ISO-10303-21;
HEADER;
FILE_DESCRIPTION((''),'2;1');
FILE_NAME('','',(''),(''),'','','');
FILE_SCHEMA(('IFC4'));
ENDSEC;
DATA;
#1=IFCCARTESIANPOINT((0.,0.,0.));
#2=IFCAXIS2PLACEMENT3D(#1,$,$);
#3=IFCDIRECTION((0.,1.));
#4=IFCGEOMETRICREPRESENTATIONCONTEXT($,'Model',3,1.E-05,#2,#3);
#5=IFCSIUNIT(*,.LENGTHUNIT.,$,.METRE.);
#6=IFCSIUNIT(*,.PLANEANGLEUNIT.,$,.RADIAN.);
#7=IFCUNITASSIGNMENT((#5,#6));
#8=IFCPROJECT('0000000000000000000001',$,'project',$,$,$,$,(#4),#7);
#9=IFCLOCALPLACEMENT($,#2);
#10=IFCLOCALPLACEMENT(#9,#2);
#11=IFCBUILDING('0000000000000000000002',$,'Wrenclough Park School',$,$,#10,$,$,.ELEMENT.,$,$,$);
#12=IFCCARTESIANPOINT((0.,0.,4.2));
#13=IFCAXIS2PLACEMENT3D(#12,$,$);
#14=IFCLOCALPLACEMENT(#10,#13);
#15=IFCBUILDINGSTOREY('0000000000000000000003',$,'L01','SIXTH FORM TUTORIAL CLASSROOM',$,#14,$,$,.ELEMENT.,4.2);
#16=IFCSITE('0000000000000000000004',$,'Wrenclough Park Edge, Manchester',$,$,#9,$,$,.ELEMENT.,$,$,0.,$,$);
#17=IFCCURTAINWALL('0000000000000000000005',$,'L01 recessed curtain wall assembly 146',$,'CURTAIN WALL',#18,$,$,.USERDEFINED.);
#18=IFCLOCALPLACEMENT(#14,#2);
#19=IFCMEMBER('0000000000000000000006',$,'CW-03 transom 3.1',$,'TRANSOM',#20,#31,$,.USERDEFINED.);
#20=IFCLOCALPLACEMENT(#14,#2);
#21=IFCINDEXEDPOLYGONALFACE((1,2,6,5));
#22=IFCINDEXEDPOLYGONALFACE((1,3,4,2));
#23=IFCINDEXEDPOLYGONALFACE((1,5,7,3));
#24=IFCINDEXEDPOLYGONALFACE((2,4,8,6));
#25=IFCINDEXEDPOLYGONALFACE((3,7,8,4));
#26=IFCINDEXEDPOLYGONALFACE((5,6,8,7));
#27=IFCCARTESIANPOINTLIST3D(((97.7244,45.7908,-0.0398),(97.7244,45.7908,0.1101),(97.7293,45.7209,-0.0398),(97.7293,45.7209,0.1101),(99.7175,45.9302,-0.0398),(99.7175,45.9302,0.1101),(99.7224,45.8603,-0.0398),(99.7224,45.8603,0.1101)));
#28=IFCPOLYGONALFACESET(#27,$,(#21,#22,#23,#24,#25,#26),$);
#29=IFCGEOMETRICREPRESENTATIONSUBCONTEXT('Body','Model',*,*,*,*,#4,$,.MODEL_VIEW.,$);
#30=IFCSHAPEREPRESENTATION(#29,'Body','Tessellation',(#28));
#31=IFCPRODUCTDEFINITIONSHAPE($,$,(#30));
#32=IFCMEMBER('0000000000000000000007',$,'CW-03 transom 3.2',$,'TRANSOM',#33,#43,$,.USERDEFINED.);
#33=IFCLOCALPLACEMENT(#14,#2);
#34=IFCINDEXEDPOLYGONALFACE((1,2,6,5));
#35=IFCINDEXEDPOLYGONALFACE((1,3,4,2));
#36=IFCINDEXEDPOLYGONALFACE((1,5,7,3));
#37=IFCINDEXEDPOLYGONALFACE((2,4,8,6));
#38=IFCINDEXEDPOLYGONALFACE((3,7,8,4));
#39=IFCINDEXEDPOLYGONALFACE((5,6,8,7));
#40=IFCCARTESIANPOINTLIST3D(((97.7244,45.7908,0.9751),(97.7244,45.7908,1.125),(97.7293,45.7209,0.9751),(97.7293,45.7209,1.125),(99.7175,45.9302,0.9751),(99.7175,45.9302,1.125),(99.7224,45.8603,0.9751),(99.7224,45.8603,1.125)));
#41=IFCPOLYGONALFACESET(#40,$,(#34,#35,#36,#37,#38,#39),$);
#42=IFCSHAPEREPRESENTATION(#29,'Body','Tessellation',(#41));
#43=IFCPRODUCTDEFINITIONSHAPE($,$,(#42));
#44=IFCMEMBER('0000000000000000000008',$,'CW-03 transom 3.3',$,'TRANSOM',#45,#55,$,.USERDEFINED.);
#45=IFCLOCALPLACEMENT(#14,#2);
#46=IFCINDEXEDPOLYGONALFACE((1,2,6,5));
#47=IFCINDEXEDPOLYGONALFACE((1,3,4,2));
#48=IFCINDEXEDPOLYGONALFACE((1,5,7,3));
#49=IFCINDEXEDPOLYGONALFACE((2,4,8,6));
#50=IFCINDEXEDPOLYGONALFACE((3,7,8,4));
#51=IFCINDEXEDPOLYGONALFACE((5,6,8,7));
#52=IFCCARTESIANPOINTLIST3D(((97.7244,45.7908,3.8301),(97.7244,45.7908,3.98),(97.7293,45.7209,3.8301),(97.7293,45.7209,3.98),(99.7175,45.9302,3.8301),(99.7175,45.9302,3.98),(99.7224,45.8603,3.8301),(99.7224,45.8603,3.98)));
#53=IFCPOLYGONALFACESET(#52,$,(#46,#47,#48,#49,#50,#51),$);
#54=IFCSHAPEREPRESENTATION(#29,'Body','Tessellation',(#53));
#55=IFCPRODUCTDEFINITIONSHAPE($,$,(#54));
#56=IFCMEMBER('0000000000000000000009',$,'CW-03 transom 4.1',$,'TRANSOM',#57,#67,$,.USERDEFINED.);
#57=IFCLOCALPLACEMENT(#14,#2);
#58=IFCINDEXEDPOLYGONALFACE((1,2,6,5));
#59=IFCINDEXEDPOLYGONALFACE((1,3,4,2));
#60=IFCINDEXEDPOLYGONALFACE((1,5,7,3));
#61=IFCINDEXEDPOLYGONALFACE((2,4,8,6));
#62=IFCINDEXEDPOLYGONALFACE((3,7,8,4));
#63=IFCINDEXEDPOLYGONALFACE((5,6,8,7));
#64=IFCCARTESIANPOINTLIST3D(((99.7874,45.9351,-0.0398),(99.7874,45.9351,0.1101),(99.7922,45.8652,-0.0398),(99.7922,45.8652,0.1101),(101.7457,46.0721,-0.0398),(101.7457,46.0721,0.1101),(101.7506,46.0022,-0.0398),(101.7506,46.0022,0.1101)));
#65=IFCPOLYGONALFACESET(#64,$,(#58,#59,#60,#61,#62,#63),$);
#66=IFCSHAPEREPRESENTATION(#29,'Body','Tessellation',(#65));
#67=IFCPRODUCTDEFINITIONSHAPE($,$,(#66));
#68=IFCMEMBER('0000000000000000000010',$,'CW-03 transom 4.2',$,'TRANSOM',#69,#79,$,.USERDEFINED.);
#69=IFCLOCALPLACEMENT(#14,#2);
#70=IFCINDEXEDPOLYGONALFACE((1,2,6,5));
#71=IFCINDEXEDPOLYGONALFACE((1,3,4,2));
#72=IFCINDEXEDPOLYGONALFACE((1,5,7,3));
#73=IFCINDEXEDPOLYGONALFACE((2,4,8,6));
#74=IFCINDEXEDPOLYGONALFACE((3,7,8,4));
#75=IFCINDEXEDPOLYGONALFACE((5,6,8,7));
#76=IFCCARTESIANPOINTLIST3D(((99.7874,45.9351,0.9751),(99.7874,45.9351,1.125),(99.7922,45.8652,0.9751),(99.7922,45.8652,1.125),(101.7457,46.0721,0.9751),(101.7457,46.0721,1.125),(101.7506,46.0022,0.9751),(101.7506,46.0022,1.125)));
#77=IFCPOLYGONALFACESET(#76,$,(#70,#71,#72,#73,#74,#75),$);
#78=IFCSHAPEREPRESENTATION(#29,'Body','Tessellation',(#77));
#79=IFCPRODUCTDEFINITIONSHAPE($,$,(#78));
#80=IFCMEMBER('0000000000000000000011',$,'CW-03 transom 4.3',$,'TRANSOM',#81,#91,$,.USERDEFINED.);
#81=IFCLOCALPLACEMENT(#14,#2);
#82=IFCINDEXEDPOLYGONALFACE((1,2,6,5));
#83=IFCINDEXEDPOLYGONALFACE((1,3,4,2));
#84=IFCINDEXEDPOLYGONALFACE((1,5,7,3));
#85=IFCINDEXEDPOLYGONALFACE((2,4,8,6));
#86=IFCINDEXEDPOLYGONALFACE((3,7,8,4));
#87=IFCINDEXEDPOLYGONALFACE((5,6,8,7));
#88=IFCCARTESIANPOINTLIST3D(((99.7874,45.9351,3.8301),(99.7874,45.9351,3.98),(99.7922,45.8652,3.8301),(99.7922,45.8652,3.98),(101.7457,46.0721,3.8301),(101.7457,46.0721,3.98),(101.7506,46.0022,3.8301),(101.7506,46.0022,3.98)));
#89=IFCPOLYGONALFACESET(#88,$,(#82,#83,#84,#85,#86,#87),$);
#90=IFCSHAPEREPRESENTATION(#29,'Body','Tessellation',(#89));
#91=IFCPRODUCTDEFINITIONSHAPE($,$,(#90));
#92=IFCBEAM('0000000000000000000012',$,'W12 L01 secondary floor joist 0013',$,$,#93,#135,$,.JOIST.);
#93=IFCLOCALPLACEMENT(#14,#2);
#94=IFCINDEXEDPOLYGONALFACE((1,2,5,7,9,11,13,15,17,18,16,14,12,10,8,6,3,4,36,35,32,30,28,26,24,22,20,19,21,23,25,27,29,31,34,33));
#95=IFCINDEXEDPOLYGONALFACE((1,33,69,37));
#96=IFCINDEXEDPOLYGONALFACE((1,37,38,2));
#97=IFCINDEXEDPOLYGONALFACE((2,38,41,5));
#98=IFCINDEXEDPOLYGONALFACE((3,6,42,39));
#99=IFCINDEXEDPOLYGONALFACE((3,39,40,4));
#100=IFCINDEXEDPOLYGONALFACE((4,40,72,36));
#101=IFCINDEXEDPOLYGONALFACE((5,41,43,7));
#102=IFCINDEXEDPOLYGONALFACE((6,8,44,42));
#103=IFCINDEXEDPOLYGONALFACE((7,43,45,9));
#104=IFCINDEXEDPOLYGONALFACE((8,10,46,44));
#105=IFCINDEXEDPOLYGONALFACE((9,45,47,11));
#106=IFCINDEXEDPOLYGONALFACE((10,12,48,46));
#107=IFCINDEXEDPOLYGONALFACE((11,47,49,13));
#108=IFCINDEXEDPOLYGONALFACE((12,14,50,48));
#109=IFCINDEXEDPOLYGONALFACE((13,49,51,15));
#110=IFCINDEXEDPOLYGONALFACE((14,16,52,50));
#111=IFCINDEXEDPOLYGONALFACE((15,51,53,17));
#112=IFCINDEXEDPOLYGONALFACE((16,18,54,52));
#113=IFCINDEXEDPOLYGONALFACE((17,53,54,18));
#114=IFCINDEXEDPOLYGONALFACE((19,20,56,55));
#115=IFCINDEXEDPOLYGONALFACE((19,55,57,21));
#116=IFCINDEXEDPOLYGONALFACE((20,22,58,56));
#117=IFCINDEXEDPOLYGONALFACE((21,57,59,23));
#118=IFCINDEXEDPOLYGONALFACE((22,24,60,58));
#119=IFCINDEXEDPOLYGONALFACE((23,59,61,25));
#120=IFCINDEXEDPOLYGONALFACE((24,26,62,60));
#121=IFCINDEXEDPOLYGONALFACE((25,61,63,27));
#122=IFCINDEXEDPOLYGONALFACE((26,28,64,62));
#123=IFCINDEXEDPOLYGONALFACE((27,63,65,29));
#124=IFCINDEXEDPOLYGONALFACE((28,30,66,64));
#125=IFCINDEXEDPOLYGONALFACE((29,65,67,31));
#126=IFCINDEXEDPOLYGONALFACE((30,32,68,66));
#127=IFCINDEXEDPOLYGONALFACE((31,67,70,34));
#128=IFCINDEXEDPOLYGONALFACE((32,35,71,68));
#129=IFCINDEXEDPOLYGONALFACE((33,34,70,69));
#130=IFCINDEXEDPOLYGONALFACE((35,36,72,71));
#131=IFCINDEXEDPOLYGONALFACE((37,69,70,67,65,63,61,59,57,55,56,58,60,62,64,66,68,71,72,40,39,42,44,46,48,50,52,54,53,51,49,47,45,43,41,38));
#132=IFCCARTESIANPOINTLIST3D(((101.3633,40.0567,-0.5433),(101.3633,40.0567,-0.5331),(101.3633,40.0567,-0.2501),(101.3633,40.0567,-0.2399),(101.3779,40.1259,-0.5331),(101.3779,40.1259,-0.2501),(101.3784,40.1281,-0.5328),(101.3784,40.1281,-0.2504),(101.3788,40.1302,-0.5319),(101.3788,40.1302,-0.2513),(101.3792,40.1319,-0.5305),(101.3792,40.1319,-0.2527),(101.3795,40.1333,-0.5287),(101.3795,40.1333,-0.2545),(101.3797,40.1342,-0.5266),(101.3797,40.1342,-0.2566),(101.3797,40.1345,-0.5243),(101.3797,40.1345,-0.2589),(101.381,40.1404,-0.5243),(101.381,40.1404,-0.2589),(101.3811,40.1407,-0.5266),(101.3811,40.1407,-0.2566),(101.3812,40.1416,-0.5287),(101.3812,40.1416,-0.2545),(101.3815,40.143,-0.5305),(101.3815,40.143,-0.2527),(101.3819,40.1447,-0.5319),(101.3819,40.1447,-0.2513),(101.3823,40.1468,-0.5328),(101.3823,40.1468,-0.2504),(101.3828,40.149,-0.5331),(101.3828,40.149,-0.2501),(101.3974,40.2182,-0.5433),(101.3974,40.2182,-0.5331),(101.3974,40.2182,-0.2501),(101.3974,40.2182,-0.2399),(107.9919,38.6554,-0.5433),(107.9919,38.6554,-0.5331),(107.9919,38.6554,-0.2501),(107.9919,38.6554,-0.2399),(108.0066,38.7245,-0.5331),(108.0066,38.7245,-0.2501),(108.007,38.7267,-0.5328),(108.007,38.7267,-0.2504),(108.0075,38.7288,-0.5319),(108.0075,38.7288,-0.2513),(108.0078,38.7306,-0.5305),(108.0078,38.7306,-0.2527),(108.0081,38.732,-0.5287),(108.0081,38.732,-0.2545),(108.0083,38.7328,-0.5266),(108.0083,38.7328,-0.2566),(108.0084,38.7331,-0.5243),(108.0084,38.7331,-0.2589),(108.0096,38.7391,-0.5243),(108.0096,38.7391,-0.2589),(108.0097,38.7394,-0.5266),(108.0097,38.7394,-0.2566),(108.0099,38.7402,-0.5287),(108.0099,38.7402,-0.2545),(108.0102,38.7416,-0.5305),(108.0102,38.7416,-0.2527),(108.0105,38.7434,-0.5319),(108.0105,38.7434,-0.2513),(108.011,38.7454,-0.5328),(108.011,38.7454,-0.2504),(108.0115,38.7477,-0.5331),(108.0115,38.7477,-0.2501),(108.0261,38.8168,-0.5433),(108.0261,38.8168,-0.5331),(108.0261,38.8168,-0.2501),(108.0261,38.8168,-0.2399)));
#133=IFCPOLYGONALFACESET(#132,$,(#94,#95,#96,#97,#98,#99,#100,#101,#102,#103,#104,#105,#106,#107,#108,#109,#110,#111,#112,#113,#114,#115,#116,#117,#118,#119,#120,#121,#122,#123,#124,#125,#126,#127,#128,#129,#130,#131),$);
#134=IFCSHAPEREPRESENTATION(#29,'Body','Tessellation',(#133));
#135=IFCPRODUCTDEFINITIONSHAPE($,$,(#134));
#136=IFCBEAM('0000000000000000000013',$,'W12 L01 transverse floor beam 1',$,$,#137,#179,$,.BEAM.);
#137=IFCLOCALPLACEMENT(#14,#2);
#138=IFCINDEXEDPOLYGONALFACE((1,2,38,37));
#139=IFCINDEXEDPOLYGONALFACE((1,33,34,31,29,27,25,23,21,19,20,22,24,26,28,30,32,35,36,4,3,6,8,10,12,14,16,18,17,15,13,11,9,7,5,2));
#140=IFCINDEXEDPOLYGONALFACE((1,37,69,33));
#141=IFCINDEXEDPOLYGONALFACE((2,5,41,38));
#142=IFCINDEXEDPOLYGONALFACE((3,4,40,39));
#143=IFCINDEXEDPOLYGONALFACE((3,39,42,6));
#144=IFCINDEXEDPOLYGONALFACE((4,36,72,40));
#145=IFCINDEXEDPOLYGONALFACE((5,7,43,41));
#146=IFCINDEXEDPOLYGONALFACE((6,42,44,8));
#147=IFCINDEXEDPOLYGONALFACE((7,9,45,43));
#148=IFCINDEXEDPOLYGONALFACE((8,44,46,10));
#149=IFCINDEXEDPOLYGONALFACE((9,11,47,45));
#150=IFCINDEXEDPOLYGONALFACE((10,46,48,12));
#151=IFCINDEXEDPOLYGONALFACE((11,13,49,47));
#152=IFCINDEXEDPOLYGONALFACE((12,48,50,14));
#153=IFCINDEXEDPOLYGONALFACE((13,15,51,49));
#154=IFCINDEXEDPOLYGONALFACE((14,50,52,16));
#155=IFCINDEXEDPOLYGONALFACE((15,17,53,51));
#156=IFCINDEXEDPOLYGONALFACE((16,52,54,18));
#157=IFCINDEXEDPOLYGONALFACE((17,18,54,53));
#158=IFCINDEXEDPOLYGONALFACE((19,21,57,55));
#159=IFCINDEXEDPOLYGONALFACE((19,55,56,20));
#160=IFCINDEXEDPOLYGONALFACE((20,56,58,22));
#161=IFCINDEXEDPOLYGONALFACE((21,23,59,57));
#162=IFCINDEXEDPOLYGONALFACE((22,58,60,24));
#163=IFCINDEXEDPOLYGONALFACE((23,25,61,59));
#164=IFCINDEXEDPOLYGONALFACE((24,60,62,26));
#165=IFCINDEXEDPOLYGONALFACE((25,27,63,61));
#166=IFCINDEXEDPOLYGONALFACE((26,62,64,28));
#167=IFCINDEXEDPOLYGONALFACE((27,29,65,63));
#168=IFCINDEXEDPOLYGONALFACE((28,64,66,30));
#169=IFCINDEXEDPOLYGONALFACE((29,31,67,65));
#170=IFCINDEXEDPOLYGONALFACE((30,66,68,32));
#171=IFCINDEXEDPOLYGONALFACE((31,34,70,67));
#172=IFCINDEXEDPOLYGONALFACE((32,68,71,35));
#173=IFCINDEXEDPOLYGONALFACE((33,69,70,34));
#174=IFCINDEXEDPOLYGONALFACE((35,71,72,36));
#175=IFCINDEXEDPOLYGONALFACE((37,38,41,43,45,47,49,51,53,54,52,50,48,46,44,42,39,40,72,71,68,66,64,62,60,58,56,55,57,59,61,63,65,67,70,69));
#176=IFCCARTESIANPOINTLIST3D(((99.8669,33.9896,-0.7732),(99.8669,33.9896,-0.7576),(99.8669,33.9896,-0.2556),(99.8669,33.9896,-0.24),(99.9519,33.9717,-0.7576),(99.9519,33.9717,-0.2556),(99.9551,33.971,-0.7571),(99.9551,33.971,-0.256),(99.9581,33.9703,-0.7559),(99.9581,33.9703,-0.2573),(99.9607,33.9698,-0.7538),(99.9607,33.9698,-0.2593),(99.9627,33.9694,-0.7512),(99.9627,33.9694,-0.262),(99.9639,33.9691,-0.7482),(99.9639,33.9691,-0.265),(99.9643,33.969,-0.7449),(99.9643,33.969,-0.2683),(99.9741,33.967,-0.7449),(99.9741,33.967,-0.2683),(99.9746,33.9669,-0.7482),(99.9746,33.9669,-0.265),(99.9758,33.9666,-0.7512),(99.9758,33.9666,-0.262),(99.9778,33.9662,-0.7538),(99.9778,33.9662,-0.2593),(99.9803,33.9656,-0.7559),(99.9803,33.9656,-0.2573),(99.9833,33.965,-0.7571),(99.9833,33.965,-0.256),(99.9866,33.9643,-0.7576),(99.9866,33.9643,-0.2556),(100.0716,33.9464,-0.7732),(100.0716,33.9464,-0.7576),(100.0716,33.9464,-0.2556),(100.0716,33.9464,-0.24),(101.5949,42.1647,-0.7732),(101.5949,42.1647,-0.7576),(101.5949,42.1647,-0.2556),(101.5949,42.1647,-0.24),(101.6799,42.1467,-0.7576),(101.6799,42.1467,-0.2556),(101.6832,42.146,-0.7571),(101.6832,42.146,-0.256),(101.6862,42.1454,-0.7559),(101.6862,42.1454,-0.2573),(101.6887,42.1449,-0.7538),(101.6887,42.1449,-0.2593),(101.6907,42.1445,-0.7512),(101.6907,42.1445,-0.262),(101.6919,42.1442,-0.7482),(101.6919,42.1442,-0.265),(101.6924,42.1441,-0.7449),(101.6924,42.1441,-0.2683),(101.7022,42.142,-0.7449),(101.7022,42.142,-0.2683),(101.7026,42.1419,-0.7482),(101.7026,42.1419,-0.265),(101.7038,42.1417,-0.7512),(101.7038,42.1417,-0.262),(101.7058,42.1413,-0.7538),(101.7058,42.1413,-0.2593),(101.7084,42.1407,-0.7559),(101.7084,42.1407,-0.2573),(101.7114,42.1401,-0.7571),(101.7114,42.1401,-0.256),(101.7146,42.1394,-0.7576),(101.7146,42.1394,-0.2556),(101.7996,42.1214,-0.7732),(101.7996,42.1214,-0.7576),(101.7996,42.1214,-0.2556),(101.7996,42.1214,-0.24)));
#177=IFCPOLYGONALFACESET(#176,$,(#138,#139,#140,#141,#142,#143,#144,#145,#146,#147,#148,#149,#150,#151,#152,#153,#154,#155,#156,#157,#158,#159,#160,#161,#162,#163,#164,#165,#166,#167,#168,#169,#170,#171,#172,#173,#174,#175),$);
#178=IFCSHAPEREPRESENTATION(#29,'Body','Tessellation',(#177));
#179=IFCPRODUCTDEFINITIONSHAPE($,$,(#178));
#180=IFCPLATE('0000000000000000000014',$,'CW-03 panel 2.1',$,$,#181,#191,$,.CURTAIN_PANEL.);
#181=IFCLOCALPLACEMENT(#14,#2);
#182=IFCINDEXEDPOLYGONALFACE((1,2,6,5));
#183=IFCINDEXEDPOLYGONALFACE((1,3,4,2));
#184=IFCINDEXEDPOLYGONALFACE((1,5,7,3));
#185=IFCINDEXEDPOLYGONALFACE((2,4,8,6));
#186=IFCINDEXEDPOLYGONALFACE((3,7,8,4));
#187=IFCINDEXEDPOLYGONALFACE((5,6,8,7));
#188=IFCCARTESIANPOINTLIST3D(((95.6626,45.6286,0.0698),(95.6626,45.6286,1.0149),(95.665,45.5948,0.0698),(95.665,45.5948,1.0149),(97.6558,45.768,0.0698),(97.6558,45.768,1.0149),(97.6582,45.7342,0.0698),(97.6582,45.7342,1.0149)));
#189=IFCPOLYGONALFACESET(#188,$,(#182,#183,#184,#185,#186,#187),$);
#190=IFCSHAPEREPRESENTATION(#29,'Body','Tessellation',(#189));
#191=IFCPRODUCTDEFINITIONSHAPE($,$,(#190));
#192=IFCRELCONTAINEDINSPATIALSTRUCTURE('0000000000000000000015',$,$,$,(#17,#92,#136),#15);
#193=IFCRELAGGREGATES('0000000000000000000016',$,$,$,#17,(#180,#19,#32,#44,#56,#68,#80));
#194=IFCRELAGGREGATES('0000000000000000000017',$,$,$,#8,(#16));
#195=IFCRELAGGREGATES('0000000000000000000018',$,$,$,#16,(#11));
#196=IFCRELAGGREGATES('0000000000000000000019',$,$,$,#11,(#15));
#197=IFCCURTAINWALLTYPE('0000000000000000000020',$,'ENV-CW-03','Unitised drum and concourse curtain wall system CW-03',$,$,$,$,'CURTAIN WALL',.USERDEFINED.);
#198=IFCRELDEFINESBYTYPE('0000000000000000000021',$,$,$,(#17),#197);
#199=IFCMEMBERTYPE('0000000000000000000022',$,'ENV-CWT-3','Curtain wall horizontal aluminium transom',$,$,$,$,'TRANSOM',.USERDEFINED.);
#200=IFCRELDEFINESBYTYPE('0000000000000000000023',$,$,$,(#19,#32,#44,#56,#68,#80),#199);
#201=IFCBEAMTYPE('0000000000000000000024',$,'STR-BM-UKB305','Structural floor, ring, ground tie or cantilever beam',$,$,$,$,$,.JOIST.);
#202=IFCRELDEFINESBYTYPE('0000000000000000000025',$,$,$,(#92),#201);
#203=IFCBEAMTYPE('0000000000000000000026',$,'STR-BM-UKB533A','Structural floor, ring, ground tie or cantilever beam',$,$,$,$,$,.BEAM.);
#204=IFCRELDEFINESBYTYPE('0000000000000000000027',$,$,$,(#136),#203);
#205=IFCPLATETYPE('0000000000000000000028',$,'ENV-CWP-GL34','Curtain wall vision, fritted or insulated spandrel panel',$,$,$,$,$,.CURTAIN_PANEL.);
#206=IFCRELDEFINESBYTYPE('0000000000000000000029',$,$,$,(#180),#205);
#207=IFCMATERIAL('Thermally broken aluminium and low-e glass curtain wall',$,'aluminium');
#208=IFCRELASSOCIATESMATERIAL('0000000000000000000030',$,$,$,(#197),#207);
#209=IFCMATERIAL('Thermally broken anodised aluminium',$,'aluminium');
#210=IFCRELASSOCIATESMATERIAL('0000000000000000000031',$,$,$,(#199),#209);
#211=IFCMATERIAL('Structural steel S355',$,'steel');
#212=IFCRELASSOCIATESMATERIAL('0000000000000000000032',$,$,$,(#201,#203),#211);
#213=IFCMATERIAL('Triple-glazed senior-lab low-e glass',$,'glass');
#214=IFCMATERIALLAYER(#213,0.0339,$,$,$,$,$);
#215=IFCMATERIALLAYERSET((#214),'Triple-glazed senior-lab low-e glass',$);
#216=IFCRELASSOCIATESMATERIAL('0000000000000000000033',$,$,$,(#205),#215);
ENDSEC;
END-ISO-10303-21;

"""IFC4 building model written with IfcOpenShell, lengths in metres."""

from ifc_helpers import new_model, si_unit, direction, frame, origin, origin_2d, place, context, subcontext, project, spatial, rectangle, i_section, extrude, material, layer, layer_set, material_profile, profile_set, type_object, element, aggregate, save


model = new_model("IFC4")

# Units and contexts
model_context = context("Model", 3, precision=1e-05, world=origin(), true_north=direction((0.0, 1.0)))
body_context = subcontext(model_context, "Body", "Model", "MODEL_VIEW")
ifc_project = project(units=[si_unit("LENGTHUNIT", "METRE"), si_unit("PLANEANGLEUNIT", "RADIAN")], contexts=[model_context])

# Site, building, storey
site_placement = place(None, origin())
site = spatial("IfcSite", under=ifc_project, at=site_placement, Name="Wrenclough Park Edge, Manchester", CompositionType="ELEMENT", RefElevation=0.0)
building_placement = place(site_placement, origin())
building = spatial("IfcBuilding", under=site, at=building_placement, Name="Wrenclough Park School", CompositionType="ELEMENT")
storey_placement = place(building_placement, frame((0.0, 0.0, 4.2)))
storey = spatial("IfcBuildingStorey", under=building, at=storey_placement, Name="L01", Description="SIXTH FORM TUTORIAL CLASSROOM", CompositionType="ELEMENT", Elevation=4.2)

# Shared definitions
ifc_material_1 = material(Name="Structural steel S355", Category="steel")

# Shared definitions
ifc_material_2 = material(Name="Thermally broken aluminium and low-e glass curtain wall", Category="aluminium")
ifc_material_3 = material(Name="Thermally broken anodised aluminium", Category="aluminium")

# Curtain wall
curtain_wall_type_1 = type_object("IfcCurtainWallType", Name="ENV-CW-03", Description="Unitised drum and concourse curtain wall system CW-03", ElementType="CURTAIN WALL", PredefinedType="USERDEFINED", material=ifc_material_2)
curtain_wall_1_placement = place(storey_placement, origin())
curtain_wall_1 = element("IfcCurtainWall", 1, at=curtain_wall_1_placement, inside=storey, type_object=curtain_wall_type_1, Name="L01 recessed curtain wall assembly 146", ObjectType="CURTAIN WALL", PredefinedType="USERDEFINED")

# Members
ifc_material_profile_1 = material_profile(ifc_material_3, rectangle(XDim=0.0701, YDim=0.1499, at=origin_2d()), Name="AL TRANSOM 70x150")
ifc_profile_set_1 = profile_set([ifc_material_profile_1], Name="Thermally broken anodised aluminium")
member_type_1 = type_object("IfcMemberType", Name="ENV-CWT-3", Description="Curtain wall horizontal aluminium transom", ElementType="TRANSOM", PredefinedType="USERDEFINED", material=ifc_profile_set_1)
member_1_placement = place(storey_placement, frame((97.7268, 45.7559, 0.0352), z_axis=(0.997563, 0.069771, 0.0), x_axis=(-0.069771, 0.997563, 0.0)))
member_1 = element("IfcMember", 2, at=member_1_placement, type_object=member_type_1, Name="CW-03 transom 3.1", ObjectType="TRANSOM", PredefinedType="USERDEFINED", context=body_context, shape_type="SweptSolid", body=[
    extrude(rectangle(XDim=0.0701, YDim=0.1499, at=origin_2d()), origin(), (0.0, 0.0, 1.0), 1.998),
])
member_2_placement = place(storey_placement, frame((97.7268, 45.7559, 1.05), z_axis=(0.997563, 0.069771, 0.0), x_axis=(-0.069771, 0.997563, 0.0)))
member_2 = element("IfcMember", 3, at=member_2_placement, type_object=member_type_1, Name="CW-03 transom 3.2", ObjectType="TRANSOM", PredefinedType="USERDEFINED", context=body_context, shape_type="SweptSolid", body=[
    extrude(rectangle(XDim=0.0701, YDim=0.1499, at=origin_2d()), origin(), (0.0, 0.0, 1.0), 1.998),
])
member_3_placement = place(storey_placement, frame((97.7268, 45.7559, 3.905), z_axis=(0.997563, 0.069771, 0.0), x_axis=(-0.069771, 0.997563, 0.0)))
member_3 = element("IfcMember", 4, at=member_3_placement, type_object=member_type_1, Name="CW-03 transom 3.3", ObjectType="TRANSOM", PredefinedType="USERDEFINED", context=body_context, shape_type="SweptSolid", body=[
    extrude(rectangle(XDim=0.0701, YDim=0.1499, at=origin_2d()), origin(), (0.0, 0.0, 1.0), 1.998),
])
member_4_placement = place(storey_placement, frame((99.7898, 45.9001, 0.0352), z_axis=(0.997563, 0.069771, 0.0), x_axis=(-0.069771, 0.997563, 0.0)))
member_4 = element("IfcMember", 5, at=member_4_placement, type_object=member_type_1, Name="CW-03 transom 4.1", ObjectType="TRANSOM", PredefinedType="USERDEFINED", context=body_context, shape_type="SweptSolid", body=[
    extrude(rectangle(XDim=0.0701, YDim=0.1499, at=origin_2d()), origin(), (0.0, 0.0, 1.0), 1.9631),
])
member_5_placement = place(storey_placement, frame((99.7898, 45.9001, 1.05), z_axis=(0.997563, 0.069771, 0.0), x_axis=(-0.069771, 0.997563, 0.0)))
member_5 = element("IfcMember", 6, at=member_5_placement, type_object=member_type_1, Name="CW-03 transom 4.2", ObjectType="TRANSOM", PredefinedType="USERDEFINED", context=body_context, shape_type="SweptSolid", body=[
    extrude(rectangle(XDim=0.0701, YDim=0.1499, at=origin_2d()), origin(), (0.0, 0.0, 1.0), 1.9631),
])
member_6_placement = place(storey_placement, frame((99.7898, 45.9001, 3.905), z_axis=(0.997563, 0.069771, 0.0), x_axis=(-0.069771, 0.997563, 0.0)))
member_6 = element("IfcMember", 7, at=member_6_placement, type_object=member_type_1, Name="CW-03 transom 4.3", ObjectType="TRANSOM", PredefinedType="USERDEFINED", context=body_context, shape_type="SweptSolid", body=[
    extrude(rectangle(XDim=0.0701, YDim=0.1499, at=origin_2d()), origin(), (0.0, 0.0, 1.0), 1.9631),
])

# Beams
ifc_material_profile_2 = material_profile(ifc_material_1, i_section(OverallWidth=0.165, OverallDepth=0.3035, WebThickness=0.0061, FlangeThickness=0.0103, FilletRadius=0.0088, at=origin_2d()), Name="UKB 305x165x40")
ifc_profile_set_2 = profile_set([ifc_material_profile_2], Name="Structural steel S355")
beam_type_1 = type_object("IfcBeamType", Name="STR-BM-UKB305", Description="Structural floor, ring, ground tie or cantilever beam", PredefinedType="JOIST", material=ifc_profile_set_2)
beam_1_placement = place(storey_placement, frame((101.3804, 40.1375, -0.3916), z_axis=(0.978375, -0.206839, 0.0), x_axis=(0.206839, 0.978375, 0.0)))
element("IfcBeam", 8, at=beam_1_placement, inside=storey, type_object=beam_type_1, Name="W12 L01 secondary floor joist 0013", PredefinedType="JOIST", context=body_context, shape_type="SweptSolid", body=[
    extrude(i_section(OverallWidth=0.165, OverallDepth=0.3035, WebThickness=0.0061, FlangeThickness=0.0103, FilletRadius=0.0088, at=origin_2d()), origin(), (0.0, 0.0, 1.0), 6.7751),
])
ifc_material_profile_3 = material_profile(ifc_material_1, i_section(OverallWidth=0.2092, OverallDepth=0.5332, WebThickness=0.01, FlangeThickness=0.0156, FilletRadius=0.0127, at=origin_2d()), Name="UKB 533x210x92")
ifc_profile_set_3 = profile_set([ifc_material_profile_3], Name="Structural steel S355")
beam_type_2 = type_object("IfcBeamType", Name="STR-BM-UKB533A", Description="Structural floor, ring, ground tie or cantilever beam", PredefinedType="BEAM", material=ifc_profile_set_3)
beam_2_placement = place(storey_placement, frame((101.6973, 42.1431, -0.5066), z_axis=(-0.206809, -0.978381, 0.0), x_axis=(0.978381, -0.206809, 0.0)))
element("IfcBeam", 9, at=beam_2_placement, inside=storey, type_object=beam_type_2, Name="W12 L01 transverse floor beam 1", PredefinedType="BEAM", context=body_context, shape_type="SweptSolid", body=[
    extrude(i_section(OverallWidth=0.2092, OverallDepth=0.5332, WebThickness=0.01, FlangeThickness=0.0156, FilletRadius=0.0127, at=origin_2d()), origin(), (0.0, 0.0, 1.0), 8.3557),
])

# Plate
ifc_material_4 = material(Name="Triple-glazed senior-lab low-e glass", Category="glass")
ifc_layer_1 = layer(ifc_material_4, 0.0339)
ifc_layer_set_1 = layer_set([ifc_layer_1], Name="Triple-glazed senior-lab low-e glass")
plate_type = type_object("IfcPlateType", Name="ENV-CWP-GL34", Description="Curtain wall vision, fritted or insulated spandrel panel", PredefinedType="CURTAIN_PANEL", material=ifc_layer_set_1)
plate_1_placement = place(storey_placement, frame((96.6604, 45.6814, 0.0698), z_axis=(0.0, 0.0, 1.0), x_axis=(0.997564, 0.069753, 0.0)))
plate_1 = element("IfcPlate", 10, at=plate_1_placement, type_object=plate_type, Name="CW-03 panel 2.1", PredefinedType="CURTAIN_PANEL", context=body_context, shape_type="SweptSolid", body=[
    extrude(rectangle(XDim=1.998, YDim=0.0339, at=origin_2d()), origin(), (0.0, 0.0, 1.0), 0.9451),
])
aggregate(curtain_wall_1, [plate_1, member_1, member_2, member_3, member_4, member_5, member_6])

save(model, "model.ifc")
